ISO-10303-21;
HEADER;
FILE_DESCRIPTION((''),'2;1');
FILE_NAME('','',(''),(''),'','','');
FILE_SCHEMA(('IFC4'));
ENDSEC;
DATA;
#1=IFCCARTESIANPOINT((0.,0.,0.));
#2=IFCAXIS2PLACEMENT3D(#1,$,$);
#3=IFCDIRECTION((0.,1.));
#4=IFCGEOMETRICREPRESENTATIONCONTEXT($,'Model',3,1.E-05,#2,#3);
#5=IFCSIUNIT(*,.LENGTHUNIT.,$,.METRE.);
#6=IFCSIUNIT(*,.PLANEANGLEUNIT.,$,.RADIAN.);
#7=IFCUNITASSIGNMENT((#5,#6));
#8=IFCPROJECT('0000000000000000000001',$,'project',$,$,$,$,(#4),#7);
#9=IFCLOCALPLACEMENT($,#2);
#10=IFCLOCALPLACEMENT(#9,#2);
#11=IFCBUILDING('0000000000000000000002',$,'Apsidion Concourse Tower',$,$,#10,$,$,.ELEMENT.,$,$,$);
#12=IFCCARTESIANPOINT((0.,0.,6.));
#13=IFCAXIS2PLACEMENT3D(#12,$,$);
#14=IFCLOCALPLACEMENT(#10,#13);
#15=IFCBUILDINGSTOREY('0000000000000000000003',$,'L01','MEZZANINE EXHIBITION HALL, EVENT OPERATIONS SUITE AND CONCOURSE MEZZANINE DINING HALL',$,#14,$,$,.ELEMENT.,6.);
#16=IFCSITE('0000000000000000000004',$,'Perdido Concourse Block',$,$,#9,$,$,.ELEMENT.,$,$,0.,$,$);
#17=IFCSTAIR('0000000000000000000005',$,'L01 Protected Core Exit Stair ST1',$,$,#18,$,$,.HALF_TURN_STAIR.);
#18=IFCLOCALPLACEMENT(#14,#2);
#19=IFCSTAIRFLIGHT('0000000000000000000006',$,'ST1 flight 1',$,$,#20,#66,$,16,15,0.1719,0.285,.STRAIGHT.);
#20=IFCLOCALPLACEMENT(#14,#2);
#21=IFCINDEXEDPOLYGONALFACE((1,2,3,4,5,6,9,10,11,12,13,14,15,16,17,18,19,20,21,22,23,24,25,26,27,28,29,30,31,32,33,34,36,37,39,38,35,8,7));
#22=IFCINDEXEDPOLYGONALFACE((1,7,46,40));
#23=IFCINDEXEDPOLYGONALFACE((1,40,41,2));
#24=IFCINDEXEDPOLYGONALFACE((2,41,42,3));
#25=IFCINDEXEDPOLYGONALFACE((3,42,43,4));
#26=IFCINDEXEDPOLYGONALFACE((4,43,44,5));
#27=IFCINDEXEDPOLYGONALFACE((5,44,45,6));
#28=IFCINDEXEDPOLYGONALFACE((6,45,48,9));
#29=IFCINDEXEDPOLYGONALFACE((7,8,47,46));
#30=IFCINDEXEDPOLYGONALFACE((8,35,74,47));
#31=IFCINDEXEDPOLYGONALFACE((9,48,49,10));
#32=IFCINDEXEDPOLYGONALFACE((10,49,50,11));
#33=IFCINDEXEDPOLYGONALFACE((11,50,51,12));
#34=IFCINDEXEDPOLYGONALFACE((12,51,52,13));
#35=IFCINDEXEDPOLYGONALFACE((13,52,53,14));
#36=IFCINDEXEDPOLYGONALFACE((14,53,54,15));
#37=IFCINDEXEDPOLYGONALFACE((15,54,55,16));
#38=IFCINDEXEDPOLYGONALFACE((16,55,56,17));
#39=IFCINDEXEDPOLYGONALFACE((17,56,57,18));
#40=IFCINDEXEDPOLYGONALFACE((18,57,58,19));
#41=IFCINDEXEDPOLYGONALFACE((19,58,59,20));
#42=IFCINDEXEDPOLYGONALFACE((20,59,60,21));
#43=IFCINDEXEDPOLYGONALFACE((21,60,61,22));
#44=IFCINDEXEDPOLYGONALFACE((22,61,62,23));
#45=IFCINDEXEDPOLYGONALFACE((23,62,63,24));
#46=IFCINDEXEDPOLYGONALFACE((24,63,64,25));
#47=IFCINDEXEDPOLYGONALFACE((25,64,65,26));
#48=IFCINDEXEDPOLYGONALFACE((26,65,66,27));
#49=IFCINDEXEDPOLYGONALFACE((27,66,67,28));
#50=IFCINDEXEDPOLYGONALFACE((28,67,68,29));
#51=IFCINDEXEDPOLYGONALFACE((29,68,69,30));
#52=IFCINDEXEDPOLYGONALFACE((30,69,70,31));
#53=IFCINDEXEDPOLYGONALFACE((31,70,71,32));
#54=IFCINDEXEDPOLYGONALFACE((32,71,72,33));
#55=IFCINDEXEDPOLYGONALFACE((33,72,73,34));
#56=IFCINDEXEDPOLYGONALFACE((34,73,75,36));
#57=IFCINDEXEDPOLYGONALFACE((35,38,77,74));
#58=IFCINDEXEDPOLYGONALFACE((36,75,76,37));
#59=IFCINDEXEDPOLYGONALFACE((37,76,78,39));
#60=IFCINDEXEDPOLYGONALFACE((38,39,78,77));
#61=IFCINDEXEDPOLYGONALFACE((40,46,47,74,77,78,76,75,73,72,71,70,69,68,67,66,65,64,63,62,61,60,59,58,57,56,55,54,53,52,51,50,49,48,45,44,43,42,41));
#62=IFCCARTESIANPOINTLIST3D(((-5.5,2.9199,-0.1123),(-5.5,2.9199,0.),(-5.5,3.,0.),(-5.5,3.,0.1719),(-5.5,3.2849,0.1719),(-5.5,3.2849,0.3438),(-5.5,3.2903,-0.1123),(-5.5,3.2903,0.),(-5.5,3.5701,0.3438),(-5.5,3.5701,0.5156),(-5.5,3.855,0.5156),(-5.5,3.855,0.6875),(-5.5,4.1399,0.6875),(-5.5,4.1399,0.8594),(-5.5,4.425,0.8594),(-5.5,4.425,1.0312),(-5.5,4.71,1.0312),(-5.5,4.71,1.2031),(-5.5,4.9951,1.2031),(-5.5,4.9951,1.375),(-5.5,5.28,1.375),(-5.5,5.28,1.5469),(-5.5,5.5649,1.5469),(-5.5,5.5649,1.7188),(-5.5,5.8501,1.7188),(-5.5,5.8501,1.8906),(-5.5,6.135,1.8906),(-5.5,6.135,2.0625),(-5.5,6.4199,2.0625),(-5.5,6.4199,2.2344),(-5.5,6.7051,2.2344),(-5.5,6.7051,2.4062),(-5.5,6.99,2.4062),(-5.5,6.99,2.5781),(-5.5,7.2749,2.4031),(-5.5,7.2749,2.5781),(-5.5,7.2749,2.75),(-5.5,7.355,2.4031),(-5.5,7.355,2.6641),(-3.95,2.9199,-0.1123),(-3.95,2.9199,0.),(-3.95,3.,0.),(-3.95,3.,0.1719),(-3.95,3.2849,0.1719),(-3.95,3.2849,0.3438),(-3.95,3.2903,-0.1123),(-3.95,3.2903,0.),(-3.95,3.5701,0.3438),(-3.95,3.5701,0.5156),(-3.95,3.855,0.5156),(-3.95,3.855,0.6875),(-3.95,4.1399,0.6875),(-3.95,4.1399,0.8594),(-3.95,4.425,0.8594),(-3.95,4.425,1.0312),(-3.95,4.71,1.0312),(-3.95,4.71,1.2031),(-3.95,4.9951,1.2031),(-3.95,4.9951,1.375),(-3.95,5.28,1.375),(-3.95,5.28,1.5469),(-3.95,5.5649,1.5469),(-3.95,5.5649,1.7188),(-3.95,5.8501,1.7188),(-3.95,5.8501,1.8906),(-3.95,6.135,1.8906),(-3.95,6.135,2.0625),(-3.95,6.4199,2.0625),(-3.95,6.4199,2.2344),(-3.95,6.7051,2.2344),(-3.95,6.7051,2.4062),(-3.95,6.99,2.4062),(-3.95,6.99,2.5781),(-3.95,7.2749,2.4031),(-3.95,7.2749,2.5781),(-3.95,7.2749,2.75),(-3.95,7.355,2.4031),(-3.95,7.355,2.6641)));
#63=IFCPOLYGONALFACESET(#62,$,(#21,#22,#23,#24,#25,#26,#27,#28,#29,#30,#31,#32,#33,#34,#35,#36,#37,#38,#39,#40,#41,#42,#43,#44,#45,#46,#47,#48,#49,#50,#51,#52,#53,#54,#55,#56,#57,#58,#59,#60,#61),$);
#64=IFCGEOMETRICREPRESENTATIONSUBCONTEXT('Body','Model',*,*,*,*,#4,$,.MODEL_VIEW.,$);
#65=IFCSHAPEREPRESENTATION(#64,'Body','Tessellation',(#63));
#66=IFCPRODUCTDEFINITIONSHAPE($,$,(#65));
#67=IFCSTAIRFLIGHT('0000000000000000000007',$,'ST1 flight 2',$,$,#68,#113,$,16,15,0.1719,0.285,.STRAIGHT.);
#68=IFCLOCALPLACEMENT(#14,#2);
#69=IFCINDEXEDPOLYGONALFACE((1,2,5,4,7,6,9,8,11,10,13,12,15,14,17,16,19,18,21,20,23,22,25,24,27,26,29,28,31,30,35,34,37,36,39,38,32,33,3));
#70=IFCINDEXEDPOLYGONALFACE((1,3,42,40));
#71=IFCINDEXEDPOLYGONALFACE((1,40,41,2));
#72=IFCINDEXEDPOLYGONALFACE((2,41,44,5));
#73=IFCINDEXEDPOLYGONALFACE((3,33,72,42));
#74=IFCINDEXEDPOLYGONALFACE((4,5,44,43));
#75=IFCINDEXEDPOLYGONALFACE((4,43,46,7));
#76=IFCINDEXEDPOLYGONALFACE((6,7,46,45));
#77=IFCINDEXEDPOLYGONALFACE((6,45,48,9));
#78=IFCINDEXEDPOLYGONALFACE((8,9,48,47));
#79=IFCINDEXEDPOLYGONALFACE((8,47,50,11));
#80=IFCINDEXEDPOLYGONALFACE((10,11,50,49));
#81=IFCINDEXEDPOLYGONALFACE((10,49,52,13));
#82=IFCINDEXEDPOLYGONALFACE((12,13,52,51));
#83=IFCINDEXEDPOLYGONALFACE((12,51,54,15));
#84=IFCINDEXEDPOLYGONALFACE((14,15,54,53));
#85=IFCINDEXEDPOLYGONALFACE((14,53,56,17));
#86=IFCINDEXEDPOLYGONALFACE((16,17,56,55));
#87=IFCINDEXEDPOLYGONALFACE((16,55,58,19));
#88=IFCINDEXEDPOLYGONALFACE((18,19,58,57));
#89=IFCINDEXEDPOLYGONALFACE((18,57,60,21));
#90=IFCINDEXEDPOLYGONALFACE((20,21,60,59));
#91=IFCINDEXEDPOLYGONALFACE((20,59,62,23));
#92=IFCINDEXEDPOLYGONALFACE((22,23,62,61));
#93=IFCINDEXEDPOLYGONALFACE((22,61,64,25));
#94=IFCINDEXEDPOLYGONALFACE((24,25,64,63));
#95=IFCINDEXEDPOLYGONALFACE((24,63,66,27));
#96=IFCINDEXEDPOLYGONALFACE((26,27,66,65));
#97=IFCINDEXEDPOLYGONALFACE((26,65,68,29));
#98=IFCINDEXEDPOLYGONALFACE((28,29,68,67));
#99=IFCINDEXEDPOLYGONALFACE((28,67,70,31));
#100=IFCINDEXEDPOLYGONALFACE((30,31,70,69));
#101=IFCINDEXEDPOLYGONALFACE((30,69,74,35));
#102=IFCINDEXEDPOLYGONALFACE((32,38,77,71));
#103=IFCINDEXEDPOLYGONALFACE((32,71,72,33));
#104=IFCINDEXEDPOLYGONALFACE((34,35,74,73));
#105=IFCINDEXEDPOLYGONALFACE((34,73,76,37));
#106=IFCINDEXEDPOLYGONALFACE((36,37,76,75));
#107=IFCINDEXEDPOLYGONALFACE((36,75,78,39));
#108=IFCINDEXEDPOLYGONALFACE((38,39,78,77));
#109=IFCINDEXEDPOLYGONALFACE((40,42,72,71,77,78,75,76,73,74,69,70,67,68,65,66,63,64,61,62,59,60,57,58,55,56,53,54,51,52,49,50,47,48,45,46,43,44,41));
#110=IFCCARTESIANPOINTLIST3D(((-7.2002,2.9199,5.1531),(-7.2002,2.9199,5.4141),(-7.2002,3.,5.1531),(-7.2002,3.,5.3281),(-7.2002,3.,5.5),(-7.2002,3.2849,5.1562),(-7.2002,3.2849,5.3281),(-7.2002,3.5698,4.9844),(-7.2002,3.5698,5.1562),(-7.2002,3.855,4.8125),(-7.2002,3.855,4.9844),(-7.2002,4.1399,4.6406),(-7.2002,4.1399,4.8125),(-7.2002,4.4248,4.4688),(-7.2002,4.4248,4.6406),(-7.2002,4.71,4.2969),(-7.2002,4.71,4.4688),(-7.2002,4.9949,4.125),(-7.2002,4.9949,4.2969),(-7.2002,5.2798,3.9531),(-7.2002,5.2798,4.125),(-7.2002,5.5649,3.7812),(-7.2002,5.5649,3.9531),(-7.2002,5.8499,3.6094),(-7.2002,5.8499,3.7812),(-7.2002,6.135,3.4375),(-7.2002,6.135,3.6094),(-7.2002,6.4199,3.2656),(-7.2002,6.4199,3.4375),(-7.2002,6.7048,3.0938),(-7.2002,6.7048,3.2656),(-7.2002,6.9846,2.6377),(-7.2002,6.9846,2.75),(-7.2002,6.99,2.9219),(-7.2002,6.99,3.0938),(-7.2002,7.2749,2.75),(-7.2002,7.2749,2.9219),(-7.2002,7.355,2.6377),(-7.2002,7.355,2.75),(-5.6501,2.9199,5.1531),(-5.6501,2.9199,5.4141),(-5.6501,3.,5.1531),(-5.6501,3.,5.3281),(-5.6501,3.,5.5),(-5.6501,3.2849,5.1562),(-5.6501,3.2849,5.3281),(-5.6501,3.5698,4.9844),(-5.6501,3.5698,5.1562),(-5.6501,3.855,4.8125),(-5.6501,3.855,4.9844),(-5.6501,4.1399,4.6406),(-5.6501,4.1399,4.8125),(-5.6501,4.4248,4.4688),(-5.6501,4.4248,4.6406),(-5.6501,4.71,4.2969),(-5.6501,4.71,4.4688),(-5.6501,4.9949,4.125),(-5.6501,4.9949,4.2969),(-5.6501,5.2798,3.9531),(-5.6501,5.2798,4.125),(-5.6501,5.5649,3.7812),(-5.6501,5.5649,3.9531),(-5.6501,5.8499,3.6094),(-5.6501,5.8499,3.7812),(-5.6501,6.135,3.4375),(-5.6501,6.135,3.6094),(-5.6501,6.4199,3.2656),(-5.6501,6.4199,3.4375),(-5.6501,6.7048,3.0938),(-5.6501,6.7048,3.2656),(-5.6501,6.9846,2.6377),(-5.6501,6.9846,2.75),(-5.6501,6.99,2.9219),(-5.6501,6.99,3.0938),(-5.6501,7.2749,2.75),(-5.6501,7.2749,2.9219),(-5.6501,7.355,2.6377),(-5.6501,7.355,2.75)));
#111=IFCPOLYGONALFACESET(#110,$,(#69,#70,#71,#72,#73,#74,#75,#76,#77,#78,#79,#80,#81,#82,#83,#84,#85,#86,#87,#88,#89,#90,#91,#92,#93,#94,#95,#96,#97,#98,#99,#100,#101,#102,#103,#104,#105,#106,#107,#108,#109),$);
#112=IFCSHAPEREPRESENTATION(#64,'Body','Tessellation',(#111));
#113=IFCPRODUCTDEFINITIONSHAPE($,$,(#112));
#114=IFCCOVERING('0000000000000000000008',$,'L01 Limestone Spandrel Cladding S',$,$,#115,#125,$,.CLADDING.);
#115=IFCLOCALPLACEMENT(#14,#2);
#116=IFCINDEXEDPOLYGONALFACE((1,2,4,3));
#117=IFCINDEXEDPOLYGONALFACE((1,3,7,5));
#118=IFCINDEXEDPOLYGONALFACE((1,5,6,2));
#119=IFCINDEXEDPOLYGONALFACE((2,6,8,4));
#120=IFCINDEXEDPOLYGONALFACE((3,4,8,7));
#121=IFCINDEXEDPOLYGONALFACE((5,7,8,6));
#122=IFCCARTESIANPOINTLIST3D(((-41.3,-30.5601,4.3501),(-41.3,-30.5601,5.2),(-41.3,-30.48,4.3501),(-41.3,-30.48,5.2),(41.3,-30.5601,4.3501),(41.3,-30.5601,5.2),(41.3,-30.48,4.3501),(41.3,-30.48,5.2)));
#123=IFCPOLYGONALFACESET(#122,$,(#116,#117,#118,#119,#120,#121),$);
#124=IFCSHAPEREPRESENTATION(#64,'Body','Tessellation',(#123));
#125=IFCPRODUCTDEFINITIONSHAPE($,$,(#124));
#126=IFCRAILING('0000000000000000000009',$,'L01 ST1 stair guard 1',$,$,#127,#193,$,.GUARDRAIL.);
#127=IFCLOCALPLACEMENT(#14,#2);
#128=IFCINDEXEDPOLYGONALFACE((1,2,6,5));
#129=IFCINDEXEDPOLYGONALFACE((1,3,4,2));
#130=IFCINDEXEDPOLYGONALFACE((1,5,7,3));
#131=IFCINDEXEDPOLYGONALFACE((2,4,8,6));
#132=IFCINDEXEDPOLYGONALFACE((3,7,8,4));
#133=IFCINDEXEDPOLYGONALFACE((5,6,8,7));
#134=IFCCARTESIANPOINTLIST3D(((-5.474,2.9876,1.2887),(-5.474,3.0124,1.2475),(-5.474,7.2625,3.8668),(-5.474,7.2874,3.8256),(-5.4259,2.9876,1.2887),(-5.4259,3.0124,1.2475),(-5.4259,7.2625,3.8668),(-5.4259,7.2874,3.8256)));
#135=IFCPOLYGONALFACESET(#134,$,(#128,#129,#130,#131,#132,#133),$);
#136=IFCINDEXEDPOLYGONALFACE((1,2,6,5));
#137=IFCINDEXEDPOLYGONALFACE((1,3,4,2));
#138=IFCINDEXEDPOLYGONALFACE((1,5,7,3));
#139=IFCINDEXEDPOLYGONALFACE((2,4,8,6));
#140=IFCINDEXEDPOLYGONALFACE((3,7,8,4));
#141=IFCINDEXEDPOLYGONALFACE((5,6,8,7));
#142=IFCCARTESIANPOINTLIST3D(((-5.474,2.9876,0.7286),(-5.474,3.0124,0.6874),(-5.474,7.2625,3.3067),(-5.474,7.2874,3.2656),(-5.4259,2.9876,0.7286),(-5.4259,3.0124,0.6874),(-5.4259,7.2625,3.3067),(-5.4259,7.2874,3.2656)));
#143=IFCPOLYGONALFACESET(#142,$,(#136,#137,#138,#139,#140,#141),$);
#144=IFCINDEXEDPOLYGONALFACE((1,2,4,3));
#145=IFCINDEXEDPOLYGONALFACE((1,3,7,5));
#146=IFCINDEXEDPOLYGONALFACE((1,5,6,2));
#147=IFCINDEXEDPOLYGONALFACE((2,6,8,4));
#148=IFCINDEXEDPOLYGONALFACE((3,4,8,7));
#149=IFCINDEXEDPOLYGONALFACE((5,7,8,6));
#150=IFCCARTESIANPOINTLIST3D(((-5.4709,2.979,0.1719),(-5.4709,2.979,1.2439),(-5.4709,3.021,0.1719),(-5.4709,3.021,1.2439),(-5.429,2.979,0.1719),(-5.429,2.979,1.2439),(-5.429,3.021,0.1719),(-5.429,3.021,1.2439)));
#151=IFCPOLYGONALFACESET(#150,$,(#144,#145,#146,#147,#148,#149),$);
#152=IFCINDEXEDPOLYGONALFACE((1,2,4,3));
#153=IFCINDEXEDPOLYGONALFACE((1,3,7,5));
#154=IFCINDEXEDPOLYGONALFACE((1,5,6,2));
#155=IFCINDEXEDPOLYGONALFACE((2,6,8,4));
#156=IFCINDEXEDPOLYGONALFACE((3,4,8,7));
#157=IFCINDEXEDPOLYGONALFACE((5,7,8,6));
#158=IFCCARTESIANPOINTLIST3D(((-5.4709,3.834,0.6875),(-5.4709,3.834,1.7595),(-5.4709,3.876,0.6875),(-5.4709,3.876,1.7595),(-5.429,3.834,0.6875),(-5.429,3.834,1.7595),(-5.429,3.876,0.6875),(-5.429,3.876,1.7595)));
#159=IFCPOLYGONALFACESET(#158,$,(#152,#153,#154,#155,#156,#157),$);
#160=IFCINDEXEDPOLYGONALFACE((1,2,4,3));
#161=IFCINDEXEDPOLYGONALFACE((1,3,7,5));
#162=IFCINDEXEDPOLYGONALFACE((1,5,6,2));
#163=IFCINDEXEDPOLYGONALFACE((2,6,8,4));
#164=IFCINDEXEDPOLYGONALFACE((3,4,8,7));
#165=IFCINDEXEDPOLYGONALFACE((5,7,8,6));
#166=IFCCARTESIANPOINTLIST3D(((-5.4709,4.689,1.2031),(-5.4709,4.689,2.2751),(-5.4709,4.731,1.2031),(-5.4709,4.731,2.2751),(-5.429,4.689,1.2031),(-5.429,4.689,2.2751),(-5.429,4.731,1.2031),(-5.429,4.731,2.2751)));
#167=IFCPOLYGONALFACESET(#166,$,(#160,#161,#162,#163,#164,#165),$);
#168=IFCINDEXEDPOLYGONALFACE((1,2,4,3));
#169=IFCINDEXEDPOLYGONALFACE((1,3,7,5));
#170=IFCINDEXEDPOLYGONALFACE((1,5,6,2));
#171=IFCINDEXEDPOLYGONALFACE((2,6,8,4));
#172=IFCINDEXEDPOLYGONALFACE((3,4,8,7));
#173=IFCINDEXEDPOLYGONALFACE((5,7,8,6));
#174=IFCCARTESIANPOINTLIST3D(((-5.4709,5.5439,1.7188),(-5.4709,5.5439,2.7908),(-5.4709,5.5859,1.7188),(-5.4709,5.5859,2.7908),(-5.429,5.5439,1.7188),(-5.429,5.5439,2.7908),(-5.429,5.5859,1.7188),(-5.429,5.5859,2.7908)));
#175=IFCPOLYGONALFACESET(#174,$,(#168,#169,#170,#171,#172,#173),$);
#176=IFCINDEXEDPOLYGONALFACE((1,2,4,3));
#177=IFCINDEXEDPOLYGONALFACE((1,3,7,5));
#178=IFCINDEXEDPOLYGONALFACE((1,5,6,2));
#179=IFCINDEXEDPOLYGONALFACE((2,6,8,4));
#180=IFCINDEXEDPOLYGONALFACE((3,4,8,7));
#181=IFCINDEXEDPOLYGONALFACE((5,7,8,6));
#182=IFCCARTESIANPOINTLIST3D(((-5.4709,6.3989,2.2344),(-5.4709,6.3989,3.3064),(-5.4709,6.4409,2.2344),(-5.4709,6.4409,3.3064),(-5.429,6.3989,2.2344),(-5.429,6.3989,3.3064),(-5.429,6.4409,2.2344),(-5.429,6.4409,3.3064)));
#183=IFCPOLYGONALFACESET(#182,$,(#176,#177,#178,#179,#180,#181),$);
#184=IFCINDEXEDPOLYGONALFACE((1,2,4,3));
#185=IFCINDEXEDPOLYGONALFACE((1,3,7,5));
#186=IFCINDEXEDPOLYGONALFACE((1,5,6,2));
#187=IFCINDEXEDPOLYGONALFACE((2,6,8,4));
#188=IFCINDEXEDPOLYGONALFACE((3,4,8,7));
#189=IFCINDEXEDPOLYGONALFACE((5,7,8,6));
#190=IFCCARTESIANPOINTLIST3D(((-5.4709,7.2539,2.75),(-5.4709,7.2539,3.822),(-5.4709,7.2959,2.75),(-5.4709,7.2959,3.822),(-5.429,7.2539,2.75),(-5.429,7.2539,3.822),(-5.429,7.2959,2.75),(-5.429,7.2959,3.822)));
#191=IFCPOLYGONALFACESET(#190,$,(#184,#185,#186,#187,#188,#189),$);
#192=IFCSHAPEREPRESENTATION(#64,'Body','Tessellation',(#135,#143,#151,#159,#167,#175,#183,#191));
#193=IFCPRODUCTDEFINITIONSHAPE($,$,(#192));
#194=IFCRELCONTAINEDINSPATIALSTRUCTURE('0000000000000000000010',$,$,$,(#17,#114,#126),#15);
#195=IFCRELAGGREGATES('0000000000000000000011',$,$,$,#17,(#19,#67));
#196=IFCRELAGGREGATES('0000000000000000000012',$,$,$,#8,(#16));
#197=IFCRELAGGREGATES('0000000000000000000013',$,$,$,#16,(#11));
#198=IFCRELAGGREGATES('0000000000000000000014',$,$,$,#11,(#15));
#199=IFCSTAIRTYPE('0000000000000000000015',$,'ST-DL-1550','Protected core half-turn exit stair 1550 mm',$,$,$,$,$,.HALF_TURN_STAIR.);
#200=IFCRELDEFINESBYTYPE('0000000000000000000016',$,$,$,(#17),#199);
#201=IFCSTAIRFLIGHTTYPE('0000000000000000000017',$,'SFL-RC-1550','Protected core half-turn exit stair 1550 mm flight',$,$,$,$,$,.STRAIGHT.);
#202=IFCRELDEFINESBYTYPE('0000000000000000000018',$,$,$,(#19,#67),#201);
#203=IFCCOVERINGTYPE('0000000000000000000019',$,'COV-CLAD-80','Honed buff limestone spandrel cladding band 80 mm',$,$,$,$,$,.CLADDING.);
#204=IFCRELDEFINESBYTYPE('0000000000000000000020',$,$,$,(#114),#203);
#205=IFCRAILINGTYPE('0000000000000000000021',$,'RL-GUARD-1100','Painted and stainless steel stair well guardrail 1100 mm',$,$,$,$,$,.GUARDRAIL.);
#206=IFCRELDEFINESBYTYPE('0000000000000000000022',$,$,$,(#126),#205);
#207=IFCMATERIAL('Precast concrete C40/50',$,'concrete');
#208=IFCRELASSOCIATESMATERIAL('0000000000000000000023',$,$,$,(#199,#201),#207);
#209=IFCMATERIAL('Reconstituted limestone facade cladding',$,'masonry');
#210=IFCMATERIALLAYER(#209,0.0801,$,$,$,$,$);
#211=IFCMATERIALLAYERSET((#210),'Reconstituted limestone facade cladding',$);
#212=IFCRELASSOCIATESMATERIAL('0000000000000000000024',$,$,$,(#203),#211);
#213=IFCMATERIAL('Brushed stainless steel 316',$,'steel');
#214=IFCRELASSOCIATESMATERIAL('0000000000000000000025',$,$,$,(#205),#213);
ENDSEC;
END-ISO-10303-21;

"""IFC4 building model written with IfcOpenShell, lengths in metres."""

from ifc_helpers import new_model, si_unit, direction, frame, origin, origin_2d, place, context, subcontext, project, spatial, polyline, rectangle, outline, extrude, material, layer, layer_set, type_object, element, aggregate, save


model = new_model("IFC4")

# Units and contexts
model_context = context("Model", 3, precision=1e-05, world=origin(), true_north=direction((0.0, 1.0)))
body_context = subcontext(model_context, "Body", "Model", "MODEL_VIEW")
ifc_project = project(units=[si_unit("LENGTHUNIT", "METRE"), si_unit("PLANEANGLEUNIT", "RADIAN")], contexts=[model_context])

# Site, building, storey
site_placement = place(None, origin())
site = spatial("IfcSite", under=ifc_project, at=site_placement, Name="Perdido Concourse Block", CompositionType="ELEMENT", RefElevation=0.0)
building_placement = place(site_placement, origin())
building = spatial("IfcBuilding", under=site, at=building_placement, Name="Apsidion Concourse Tower", CompositionType="ELEMENT")
storey_placement = place(building_placement, frame((0.0, 0.0, 6.0)))
storey = spatial("IfcBuildingStorey", under=building, at=storey_placement, Name="L01", Description="MEZZANINE EXHIBITION HALL, EVENT OPERATIONS SUITE AND CONCOURSE MEZZANINE DINING HALL", CompositionType="ELEMENT", Elevation=6.0)

# Shared definitions
ifc_material_1 = material(Name="Brushed stainless steel 316", Category="steel")

# Stair, stair flights
ifc_material_2 = material(Name="Precast concrete C40/50", Category="concrete")
stair_type = type_object("IfcStairType", Name="ST-DL-1550", Description="Protected core half-turn exit stair 1550 mm", PredefinedType="HALF_TURN_STAIR", material=ifc_material_2)
stair_placement = place(storey_placement, origin())
stair = element("IfcStair", 1, at=stair_placement, inside=storey, type_object=stair_type, Name="L01 Protected Core Exit Stair ST1", PredefinedType="HALF_TURN_STAIR")
stair_flight_type = type_object("IfcStairFlightType", Name="SFL-RC-1550", Description="Protected core half-turn exit stair 1550 mm flight", PredefinedType="STRAIGHT", material=ifc_material_2)
stair_flight_1_placement = place(storey_placement, frame((-4.7251, 3.0, 0.0), z_axis=(0.0, 0.0, 1.0), x_axis=(0.0, 1.0, 0.0)))
stair_flight_1 = element("IfcStairFlight", 2, at=stair_flight_1_placement, type_object=stair_flight_type, Name="ST1 flight 1", NumberOfRisers=16, NumberOfTreads=15, PredefinedType="STRAIGHT", RiserHeight=0.1719, TreadLength=0.285, context=body_context, shape_type="SweptSolid", body=[
    extrude(outline(polyline([(-0.0801, -0.1123), (-0.0801, 0.0), (0.0, 0.0), (0.0, 0.1719), (0.2849, 0.1719), (0.2849, 0.3438), (0.5701, 0.3438), (0.5701, 0.5156), (0.855, 0.5156), (0.855, 0.6875), (1.1399, 0.6875), (1.1399, 0.8594), (1.425, 0.8594), (1.425, 1.0312), (1.71, 1.0312), (1.71, 1.2031), (1.9951, 1.2031), (1.9951, 1.375), (2.28, 1.375), (2.28, 1.5469), (2.5649, 1.5469), (2.5649, 1.7188), (2.8501, 1.7188), (2.8501, 1.8906), (3.135, 1.8906), (3.135, 2.0625), (3.4199, 2.0625), (3.4199, 2.2344), (3.7051, 2.2344), (3.7051, 2.4062), (3.99, 2.4062), (3.99, 2.5781), (4.2749, 2.5781), (4.2749, 2.75), (4.355, 2.6641), (4.355, 2.4031), (4.2749, 2.4031), (0.2903, 0.0), (0.2903, -0.1123), (-0.0801, -0.1123)])), frame((0.0, 0.7749, 0.0), z_axis=(0.0, -1.0, 0.0), x_axis=(1.0, 0.0, 0.0)), (0.0, 0.0, 1.0), 1.55),
])
stair_flight_2_placement = place(storey_placement, frame((-6.425, 7.2749, 2.75), z_axis=(0.0, 0.0, 1.0), x_axis=(0.0, -1.0, 0.0)))
stair_flight_2 = element("IfcStairFlight", 3, at=stair_flight_2_placement, type_object=stair_flight_type, Name="ST1 flight 2", NumberOfRisers=16, NumberOfTreads=15, PredefinedType="STRAIGHT", RiserHeight=0.1719, TreadLength=0.285, context=body_context, shape_type="SweptSolid", body=[
    extrude(outline(polyline([(-0.0801, -0.1123), (-0.0801, 0.0), (0.0, 0.0), (0.0, 0.1719), (0.2849, 0.1719), (0.2849, 0.3438), (0.5701, 0.3438), (0.5701, 0.5156), (0.855, 0.5156), (0.855, 0.6875), (1.1399, 0.6875), (1.1399, 0.8594), (1.425, 0.8594), (1.425, 1.0312), (1.71, 1.0312), (1.71, 1.2031), (1.9951, 1.2031), (1.9951, 1.375), (2.28, 1.375), (2.28, 1.5469), (2.5649, 1.5469), (2.5649, 1.7188), (2.8501, 1.7188), (2.8501, 1.8906), (3.135, 1.8906), (3.135, 2.0625), (3.4199, 2.0625), (3.4199, 2.2344), (3.7051, 2.2344), (3.7051, 2.4062), (3.99, 2.4062), (3.99, 2.5781), (4.2749, 2.5781), (4.2749, 2.75), (4.355, 2.6641), (4.355, 2.4031), (4.2749, 2.4031), (0.2903, 0.0), (0.2903, -0.1123), (-0.0801, -0.1123)])), frame((0.0, 0.7749, 0.0), z_axis=(0.0, -1.0, 0.0), x_axis=(1.0, 0.0, 0.0)), (0.0, 0.0, 1.0), 1.55),
])
aggregate(stair, [stair_flight_1, stair_flight_2])

# Covering
ifc_material_3 = material(Name="Reconstituted limestone facade cladding", Category="masonry")
ifc_layer_1 = layer(ifc_material_3, 0.0801)
ifc_layer_set_1 = layer_set([ifc_layer_1], Name="Reconstituted limestone facade cladding")
covering_type = type_object("IfcCoveringType", Name="COV-CLAD-80", Description="Honed buff limestone spandrel cladding band 80 mm", PredefinedType="CLADDING", material=ifc_layer_set_1)
covering_placement = place(storey_placement, frame((0.0, 0.0, 4.3501)))
element("IfcCovering", 4, at=covering_placement, inside=storey, type_object=covering_type, Name="L01 Limestone Spandrel Cladding S", PredefinedType="CLADDING", context=body_context, shape_type="SweptSolid", body=[
    extrude(outline(polyline([(41.3, -30.48), (-41.3, -30.48), (-41.3, -30.5601), (41.3, -30.5601), (41.3, -30.48)])), origin(), (0.0, 0.0, 1.0), 0.8499),
])

# Railing
railing_type_1 = type_object("IfcRailingType", Name="RL-GUARD-1100", Description="Painted and stainless steel stair well guardrail 1100 mm", PredefinedType="GUARDRAIL", material=ifc_material_1)
railing_1_placement = place(storey_placement, frame((-5.45, 3.0, 0.1719)))
element("IfcRailing", 5, at=railing_1_placement, inside=storey, type_object=railing_type_1, Name="L01 ST1 stair guard 1", PredefinedType="GUARDRAIL", context=body_context, shape_type="SweptSolid", body=[
    extrude(rectangle(XDim=0.0481, YDim=0.0481, at=origin_2d()), frame((0.0, 0.0, 1.0962), z_axis=(0.0, 0.856326, 0.516436), x_axis=(-1.0, 0.0, 0.0)), (0.0, 0.0, 1.0), 4.9922),
    extrude(rectangle(XDim=0.0481, YDim=0.0481, at=origin_2d()), frame((0.0, 0.0, 0.5361), z_axis=(0.0, 0.856326, 0.516436), x_axis=(-1.0, 0.0, 0.0)), (0.0, 0.0, 1.0), 4.9922),
    extrude(rectangle(XDim=0.042, YDim=0.042, at=origin_2d()), origin(), (0.0, 0.0, 1.0), 1.072),
    extrude(rectangle(XDim=0.042, YDim=0.042, at=origin_2d()), frame((0.0, 0.855, 0.5156)), (0.0, 0.0, 1.0), 1.072),
    extrude(rectangle(XDim=0.042, YDim=0.042, at=origin_2d()), frame((0.0, 1.71, 1.0312)), (0.0, 0.0, 1.0), 1.072),
    extrude(rectangle(XDim=0.042, YDim=0.042, at=origin_2d()), frame((0.0, 2.5649, 1.5469)), (0.0, 0.0, 1.0), 1.072),
    extrude(rectangle(XDim=0.042, YDim=0.042, at=origin_2d()), frame((0.0, 3.4199, 2.0625)), (0.0, 0.0, 1.0), 1.072),
    extrude(rectangle(XDim=0.042, YDim=0.042, at=origin_2d()), frame((0.0, 4.2749, 2.5781)), (0.0, 0.0, 1.0), 1.072),
])

save(model, "model.ifc")
